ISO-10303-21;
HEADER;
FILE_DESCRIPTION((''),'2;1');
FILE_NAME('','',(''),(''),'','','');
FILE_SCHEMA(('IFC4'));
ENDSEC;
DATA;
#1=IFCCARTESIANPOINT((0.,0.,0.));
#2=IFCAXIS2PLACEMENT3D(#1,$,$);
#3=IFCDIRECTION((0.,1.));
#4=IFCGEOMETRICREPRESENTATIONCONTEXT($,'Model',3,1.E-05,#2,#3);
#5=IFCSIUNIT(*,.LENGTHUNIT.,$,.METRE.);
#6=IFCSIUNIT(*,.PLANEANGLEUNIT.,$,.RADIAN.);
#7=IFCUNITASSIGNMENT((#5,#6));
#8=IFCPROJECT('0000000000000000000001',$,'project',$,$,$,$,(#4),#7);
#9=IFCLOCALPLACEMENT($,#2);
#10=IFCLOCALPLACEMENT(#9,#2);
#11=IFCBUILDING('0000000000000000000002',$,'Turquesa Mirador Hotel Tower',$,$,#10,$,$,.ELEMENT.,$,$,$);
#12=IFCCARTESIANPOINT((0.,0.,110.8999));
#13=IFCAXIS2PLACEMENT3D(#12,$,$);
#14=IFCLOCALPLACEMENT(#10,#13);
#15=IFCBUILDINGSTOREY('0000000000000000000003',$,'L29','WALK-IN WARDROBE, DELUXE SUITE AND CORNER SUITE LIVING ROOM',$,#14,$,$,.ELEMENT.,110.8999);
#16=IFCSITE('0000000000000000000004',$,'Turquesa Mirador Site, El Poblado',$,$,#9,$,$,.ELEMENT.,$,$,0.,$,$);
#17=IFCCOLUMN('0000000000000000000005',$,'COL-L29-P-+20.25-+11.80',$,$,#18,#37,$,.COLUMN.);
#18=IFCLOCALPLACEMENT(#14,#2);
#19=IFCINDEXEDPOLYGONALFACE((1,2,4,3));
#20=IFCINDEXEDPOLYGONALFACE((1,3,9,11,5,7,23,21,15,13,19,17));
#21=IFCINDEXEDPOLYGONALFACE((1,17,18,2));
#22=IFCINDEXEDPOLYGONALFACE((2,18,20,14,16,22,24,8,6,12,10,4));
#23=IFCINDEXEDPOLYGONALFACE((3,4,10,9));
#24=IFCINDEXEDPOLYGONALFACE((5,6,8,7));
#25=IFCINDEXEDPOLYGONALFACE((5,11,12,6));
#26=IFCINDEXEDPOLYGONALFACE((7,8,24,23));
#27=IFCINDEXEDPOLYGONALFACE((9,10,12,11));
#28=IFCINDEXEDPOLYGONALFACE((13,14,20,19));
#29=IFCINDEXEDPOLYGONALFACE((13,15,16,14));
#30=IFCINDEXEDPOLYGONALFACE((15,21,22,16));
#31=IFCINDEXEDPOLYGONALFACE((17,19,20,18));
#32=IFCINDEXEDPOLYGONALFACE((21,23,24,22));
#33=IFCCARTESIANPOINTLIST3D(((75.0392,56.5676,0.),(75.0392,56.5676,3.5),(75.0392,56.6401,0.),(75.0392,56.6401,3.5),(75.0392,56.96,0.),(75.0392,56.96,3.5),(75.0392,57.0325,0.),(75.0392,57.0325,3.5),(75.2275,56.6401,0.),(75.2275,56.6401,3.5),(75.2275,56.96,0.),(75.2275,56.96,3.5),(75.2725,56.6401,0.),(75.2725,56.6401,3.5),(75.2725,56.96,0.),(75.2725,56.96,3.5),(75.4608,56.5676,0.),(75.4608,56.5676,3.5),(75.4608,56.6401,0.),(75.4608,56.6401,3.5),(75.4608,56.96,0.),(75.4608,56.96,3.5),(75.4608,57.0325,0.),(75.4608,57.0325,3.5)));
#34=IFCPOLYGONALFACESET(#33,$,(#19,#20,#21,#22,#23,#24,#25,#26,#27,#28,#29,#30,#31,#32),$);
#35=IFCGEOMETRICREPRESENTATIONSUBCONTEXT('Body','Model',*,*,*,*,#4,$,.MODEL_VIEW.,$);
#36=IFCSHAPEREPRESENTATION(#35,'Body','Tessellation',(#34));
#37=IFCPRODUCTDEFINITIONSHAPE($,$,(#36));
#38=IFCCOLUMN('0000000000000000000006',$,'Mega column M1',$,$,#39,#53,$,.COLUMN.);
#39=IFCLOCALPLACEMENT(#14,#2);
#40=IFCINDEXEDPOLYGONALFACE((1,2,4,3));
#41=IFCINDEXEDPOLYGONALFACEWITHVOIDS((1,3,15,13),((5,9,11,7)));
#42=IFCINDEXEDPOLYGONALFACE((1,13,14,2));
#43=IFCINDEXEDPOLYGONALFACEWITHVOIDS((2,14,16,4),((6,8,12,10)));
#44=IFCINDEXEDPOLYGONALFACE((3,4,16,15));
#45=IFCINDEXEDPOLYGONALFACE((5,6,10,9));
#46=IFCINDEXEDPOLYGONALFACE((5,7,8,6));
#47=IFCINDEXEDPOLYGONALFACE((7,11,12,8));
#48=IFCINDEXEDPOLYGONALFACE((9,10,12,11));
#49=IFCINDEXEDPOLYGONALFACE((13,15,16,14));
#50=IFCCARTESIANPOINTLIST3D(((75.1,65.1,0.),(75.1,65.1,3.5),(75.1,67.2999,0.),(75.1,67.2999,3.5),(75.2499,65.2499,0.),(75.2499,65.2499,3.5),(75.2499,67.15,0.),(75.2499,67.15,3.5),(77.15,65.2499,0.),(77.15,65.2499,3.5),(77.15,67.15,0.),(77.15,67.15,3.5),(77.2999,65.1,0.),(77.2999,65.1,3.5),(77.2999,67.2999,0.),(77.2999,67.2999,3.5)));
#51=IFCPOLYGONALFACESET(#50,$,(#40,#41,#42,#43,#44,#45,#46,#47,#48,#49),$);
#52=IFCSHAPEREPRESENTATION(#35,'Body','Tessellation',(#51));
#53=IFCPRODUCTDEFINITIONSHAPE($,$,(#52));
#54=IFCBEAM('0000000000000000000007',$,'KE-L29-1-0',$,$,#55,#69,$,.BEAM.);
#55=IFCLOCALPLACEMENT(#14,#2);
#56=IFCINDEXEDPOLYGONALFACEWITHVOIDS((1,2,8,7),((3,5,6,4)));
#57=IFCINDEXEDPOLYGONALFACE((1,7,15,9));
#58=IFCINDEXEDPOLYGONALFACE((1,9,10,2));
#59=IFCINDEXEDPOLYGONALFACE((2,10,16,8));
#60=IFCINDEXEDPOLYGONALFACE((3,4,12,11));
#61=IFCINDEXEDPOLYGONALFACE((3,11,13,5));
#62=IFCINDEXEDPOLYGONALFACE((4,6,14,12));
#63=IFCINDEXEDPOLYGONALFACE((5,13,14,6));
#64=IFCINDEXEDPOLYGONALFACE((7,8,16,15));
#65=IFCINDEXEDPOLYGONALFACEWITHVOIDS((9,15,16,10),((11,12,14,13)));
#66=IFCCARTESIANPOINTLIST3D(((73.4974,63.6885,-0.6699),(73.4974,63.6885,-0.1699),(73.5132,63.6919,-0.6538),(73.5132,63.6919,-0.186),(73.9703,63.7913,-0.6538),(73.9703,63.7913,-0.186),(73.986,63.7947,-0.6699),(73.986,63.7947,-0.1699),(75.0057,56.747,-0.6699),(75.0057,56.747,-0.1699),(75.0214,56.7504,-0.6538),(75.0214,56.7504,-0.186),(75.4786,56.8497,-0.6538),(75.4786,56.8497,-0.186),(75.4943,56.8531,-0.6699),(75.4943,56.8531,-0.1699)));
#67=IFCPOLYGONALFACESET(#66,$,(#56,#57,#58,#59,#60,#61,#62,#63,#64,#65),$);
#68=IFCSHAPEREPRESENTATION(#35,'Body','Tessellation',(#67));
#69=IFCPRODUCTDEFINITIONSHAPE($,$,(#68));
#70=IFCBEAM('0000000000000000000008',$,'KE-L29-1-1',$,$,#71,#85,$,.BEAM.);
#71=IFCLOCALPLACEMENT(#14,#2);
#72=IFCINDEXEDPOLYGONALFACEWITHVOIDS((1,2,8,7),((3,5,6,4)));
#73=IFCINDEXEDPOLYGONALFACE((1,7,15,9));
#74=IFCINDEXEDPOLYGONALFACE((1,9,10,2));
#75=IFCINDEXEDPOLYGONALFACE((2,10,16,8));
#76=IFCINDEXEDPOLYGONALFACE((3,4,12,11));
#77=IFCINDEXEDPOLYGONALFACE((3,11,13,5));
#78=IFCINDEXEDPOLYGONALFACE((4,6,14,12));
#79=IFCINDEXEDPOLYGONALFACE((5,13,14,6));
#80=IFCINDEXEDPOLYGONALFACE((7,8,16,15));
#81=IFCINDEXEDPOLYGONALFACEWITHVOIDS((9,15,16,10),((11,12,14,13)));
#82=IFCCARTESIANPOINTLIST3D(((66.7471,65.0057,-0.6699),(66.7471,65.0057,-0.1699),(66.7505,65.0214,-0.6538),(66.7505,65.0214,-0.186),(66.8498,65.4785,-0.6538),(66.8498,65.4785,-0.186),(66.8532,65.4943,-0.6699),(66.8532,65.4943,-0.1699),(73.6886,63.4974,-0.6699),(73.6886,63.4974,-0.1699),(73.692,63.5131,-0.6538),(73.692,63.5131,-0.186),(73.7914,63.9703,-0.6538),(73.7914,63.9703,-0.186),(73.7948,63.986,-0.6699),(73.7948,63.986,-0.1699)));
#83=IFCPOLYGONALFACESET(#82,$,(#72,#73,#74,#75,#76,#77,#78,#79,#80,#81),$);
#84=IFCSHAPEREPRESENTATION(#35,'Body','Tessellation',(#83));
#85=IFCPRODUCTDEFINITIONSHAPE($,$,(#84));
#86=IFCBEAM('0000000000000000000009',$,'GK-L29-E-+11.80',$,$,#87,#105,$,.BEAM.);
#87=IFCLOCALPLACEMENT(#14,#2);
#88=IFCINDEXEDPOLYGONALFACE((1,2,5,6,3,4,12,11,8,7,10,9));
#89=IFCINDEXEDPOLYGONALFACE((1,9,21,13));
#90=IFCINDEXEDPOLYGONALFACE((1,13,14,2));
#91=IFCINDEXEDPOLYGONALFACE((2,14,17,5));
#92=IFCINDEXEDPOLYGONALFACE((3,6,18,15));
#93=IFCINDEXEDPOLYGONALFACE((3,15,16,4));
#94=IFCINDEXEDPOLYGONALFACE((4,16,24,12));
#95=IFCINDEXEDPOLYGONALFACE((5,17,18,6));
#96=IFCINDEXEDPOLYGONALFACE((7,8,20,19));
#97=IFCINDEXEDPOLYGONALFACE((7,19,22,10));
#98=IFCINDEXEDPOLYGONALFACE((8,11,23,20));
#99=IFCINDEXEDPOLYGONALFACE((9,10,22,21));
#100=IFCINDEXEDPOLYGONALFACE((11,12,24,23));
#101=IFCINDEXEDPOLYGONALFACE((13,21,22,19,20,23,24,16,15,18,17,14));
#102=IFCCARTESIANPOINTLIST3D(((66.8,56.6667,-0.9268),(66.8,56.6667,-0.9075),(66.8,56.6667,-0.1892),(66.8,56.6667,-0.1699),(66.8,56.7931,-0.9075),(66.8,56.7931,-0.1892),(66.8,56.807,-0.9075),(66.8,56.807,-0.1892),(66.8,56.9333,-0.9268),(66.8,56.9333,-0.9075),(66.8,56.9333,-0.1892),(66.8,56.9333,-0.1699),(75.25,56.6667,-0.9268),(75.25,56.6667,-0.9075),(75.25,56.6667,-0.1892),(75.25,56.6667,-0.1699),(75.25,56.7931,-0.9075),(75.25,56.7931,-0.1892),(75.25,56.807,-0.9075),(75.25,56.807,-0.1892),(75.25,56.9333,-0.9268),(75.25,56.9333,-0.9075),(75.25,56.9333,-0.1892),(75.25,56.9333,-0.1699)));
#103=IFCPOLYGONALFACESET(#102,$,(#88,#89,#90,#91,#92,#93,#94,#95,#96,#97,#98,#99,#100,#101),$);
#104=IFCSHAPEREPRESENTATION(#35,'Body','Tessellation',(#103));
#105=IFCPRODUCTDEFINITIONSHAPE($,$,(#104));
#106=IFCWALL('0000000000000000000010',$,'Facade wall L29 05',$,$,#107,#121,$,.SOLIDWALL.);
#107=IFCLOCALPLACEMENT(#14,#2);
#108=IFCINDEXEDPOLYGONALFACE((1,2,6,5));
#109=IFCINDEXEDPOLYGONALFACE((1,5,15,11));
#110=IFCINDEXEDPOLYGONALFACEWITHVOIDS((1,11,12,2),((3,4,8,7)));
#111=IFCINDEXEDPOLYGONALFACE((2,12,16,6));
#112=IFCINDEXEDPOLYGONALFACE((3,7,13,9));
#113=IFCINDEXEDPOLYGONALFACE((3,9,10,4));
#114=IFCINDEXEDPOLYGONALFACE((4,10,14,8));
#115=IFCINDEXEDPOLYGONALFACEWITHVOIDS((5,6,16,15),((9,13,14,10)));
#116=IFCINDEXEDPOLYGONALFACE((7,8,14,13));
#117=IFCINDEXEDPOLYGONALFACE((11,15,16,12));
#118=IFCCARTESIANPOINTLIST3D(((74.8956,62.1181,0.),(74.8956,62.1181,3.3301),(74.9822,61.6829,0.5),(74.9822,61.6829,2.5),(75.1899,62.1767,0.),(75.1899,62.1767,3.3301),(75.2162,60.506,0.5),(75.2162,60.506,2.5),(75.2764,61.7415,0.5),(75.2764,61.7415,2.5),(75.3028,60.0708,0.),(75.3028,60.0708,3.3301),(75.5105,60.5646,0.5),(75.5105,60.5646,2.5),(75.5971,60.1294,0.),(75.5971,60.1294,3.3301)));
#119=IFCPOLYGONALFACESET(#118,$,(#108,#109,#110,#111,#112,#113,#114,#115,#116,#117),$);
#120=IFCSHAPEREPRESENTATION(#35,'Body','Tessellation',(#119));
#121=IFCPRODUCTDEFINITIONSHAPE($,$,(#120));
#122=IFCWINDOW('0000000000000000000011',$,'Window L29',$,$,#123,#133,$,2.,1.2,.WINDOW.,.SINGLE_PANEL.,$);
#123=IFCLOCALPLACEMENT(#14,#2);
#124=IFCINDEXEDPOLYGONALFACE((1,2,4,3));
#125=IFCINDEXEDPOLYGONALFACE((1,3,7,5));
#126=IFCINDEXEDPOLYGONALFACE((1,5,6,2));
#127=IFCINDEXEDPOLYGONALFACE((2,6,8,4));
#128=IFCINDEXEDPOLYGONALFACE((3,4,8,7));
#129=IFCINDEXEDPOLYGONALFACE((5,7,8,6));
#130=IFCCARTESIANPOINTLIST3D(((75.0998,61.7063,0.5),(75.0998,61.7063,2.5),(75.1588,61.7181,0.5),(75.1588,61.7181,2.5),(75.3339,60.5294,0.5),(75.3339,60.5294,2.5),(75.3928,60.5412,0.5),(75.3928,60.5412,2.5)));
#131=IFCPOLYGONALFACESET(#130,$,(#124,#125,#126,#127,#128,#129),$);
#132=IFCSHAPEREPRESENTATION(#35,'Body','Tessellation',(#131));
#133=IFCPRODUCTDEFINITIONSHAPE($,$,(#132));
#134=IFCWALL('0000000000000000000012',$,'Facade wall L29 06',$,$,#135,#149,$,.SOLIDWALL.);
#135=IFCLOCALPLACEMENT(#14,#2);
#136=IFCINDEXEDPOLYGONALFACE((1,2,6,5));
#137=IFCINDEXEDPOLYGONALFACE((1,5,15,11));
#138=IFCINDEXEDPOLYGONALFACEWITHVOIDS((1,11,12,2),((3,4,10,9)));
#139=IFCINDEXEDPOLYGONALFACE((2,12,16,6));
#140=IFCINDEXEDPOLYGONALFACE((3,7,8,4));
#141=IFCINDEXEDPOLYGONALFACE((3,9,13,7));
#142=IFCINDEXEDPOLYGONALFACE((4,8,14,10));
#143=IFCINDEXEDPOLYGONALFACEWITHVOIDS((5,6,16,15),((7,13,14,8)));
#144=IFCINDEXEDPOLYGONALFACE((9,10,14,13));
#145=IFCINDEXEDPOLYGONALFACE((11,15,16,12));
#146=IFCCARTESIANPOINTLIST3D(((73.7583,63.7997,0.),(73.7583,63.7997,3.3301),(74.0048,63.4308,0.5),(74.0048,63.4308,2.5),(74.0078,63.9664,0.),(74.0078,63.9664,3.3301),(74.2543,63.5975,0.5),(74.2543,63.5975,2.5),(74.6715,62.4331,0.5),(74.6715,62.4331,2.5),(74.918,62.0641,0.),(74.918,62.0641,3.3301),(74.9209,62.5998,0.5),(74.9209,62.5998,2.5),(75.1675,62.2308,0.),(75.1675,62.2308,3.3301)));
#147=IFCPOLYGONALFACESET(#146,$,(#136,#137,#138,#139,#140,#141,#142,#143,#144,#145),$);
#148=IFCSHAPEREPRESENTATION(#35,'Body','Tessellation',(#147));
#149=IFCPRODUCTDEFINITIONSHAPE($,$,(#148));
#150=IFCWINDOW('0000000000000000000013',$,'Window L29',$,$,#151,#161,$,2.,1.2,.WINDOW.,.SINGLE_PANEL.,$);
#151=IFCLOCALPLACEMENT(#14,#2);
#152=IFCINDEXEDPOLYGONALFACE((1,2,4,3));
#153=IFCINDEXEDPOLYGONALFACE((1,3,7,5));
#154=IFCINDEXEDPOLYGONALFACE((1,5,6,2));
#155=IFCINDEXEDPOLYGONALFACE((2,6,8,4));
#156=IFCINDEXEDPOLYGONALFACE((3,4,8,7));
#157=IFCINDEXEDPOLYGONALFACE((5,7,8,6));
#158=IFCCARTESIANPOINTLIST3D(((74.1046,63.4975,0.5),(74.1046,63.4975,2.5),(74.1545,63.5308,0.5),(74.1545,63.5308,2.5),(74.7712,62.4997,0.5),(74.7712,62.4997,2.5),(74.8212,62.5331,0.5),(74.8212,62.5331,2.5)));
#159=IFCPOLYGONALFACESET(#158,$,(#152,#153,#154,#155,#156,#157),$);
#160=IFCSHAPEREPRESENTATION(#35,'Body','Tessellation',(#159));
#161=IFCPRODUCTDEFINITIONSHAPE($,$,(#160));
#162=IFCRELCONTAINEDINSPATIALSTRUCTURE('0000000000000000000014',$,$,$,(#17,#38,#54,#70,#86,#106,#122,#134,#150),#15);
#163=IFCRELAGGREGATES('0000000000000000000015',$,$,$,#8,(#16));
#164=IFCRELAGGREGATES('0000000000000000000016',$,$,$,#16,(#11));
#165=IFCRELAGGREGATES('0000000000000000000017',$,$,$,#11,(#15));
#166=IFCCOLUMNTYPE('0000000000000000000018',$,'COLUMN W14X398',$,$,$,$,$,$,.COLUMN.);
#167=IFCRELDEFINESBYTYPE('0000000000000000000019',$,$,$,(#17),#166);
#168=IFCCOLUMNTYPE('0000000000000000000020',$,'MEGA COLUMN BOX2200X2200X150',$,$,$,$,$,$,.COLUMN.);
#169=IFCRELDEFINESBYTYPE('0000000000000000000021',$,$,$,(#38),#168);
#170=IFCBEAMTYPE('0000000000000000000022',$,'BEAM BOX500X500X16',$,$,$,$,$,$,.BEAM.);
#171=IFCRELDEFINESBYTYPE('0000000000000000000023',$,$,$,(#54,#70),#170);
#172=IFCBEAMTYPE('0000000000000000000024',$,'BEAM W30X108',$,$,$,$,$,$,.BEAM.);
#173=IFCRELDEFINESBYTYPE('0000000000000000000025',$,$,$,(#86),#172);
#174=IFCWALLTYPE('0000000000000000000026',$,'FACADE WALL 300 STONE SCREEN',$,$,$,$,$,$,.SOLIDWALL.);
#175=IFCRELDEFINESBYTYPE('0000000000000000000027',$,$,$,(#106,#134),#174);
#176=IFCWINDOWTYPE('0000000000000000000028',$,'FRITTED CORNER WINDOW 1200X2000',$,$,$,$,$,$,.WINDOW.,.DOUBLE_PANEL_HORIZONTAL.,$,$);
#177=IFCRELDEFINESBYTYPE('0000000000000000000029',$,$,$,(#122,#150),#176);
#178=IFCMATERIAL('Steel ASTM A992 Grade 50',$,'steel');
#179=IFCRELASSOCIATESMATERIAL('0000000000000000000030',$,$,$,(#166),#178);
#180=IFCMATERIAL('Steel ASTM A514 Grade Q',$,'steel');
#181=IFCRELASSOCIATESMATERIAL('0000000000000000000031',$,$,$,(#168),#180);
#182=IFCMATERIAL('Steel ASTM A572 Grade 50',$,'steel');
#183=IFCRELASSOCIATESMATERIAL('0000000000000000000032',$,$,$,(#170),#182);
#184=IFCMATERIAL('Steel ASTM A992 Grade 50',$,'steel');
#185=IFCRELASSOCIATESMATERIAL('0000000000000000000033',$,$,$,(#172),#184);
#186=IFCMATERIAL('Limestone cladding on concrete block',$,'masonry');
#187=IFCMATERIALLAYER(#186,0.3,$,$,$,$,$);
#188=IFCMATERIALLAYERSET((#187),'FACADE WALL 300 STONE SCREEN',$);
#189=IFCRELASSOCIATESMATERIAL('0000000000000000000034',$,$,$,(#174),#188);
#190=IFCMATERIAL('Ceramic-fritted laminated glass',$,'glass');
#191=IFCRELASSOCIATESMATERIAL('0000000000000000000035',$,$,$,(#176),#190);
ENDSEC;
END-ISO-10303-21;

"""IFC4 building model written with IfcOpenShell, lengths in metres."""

from ifc_helpers import new_model, si_unit, direction, frame, frame_2d, origin, origin_2d, place, context, subcontext, project, spatial, rectangle, hollow_rectangle, i_section, extrude, material, layer, layer_set, material_profile, profile_set, type_object, element, fill, save


model = new_model("IFC4")

# Units and contexts
model_context = context("Model", 3, precision=1e-05, world=origin(), true_north=direction((0.0, 1.0)))
body_context = subcontext(model_context, "Body", "Model", "MODEL_VIEW")
ifc_project = project(units=[si_unit("LENGTHUNIT", "METRE"), si_unit("PLANEANGLEUNIT", "RADIAN")], contexts=[model_context])

# Site, building, storey
site_placement = place(None, origin())
site = spatial("IfcSite", under=ifc_project, at=site_placement, Name="Turquesa Mirador Site, El Poblado", CompositionType="ELEMENT", RefElevation=0.0)
building_placement = place(site_placement, origin())
building = spatial("IfcBuilding", under=site, at=building_placement, Name="Turquesa Mirador Hotel Tower", CompositionType="ELEMENT")
storey_placement = place(building_placement, frame((0.0, 0.0, 110.8999)))
storey = spatial("IfcBuildingStorey", under=building, at=storey_placement, Name="L29", Description="WALK-IN WARDROBE, DELUXE SUITE AND CORNER SUITE LIVING ROOM", CompositionType="ELEMENT", Elevation=110.8999)

# Columns
ifc_material_1 = material(Name="Steel ASTM A992 Grade 50", Category="steel")
ifc_material_profile_1 = material_profile(ifc_material_1, i_section(OverallWidth=0.4216, OverallDepth=0.4648, WebThickness=0.0449, FlangeThickness=0.0725, at=origin_2d()), Name="W14X398")
ifc_profile_set_1 = profile_set([ifc_material_profile_1], Name="Steel ASTM A992 Grade 50")
column_type_1 = type_object("IfcColumnType", Name="COLUMN W14X398", PredefinedType="COLUMN", material=ifc_profile_set_1)
column_1_placement = place(storey_placement, frame((75.25, 56.8, 0.0), z_axis=(0.0, 0.0, 1.0), x_axis=(1.0, 0.0, 0.0)))
element("IfcColumn", 1, at=column_1_placement, inside=storey, type_object=column_type_1, Name="COL-L29-P-+20.25-+11.80", PredefinedType="COLUMN", context=body_context, shape_type="SweptSolid", body=[
    extrude(i_section(OverallWidth=0.4216, OverallDepth=0.4648, WebThickness=0.0449, FlangeThickness=0.0725, at=origin_2d()), origin(), (0.0, 0.0, 1.0), 3.5),
])
ifc_material_2 = material(Name="Steel ASTM A514 Grade Q", Category="steel")
ifc_material_profile_2 = material_profile(ifc_material_2, hollow_rectangle(XDim=2.2, YDim=2.2, WallThickness=0.1499, at=origin_2d()), Name="BOX2200X2200X150")
ifc_profile_set_2 = profile_set([ifc_material_profile_2], Name="Steel ASTM A514 Grade Q")
column_type_2 = type_object("IfcColumnType", Name="MEGA COLUMN BOX2200X2200X150", PredefinedType="COLUMN", material=ifc_profile_set_2)
column_2_placement = place(storey_placement, frame((76.2, 66.2, 0.0), z_axis=(0.0, 0.0, 1.0), x_axis=(1.0, 0.0, 0.0)))
element("IfcColumn", 2, at=column_2_placement, inside=storey, type_object=column_type_2, Name="Mega column M1", PredefinedType="COLUMN", context=body_context, shape_type="SweptSolid", body=[
    extrude(hollow_rectangle(XDim=2.2, YDim=2.2, WallThickness=0.1499, at=origin_2d()), origin(), (0.0, 0.0, 1.0), 3.5),
])

# Beams
ifc_material_3 = material(Name="Steel ASTM A572 Grade 50", Category="steel")
ifc_material_profile_3 = material_profile(ifc_material_3, hollow_rectangle(XDim=0.5, YDim=0.5, WallThickness=0.0161, at=origin_2d()), Name="BOX500X500X16")
ifc_profile_set_3 = profile_set([ifc_material_profile_3], Name="Steel ASTM A572 Grade 50")
beam_type_1 = type_object("IfcBeamType", Name="BEAM BOX500X500X16", PredefinedType="BEAM", material=ifc_profile_set_3)
for number, where, z_axis, x_axis, name in (
    (3, (75.25, 56.8, -0.4199), (-0.212328, 0.977198, 0.0), (-0.977198, -0.212328, 0.0), "KE-L29-1-0"),
    (4, (73.7417, 63.7417, -0.4199), (-0.977198, 0.212328, 0.0), (-0.212328, -0.977198, 0.0), "KE-L29-1-1"),
):
    element("IfcBeam", number, at=place(storey_placement, frame(where, z_axis=z_axis, x_axis=x_axis)), inside=storey, type_object=beam_type_1, Name=name, PredefinedType="BEAM", context=body_context, shape_type="SweptSolid", body=[
        extrude(hollow_rectangle(XDim=0.5, YDim=0.5, WallThickness=0.0161, at=origin_2d()), origin(), (0.0, 0.0, 1.0), 7.1035),
    ])
ifc_material_4 = material(Name="Steel ASTM A992 Grade 50", Category="steel")
ifc_material_profile_4 = material_profile(ifc_material_4, i_section(OverallWidth=0.2666, OverallDepth=0.7568, WebThickness=0.0139, FlangeThickness=0.0193, at=origin_2d()), Name="W30X108")
ifc_profile_set_4 = profile_set([ifc_material_profile_4], Name="Steel ASTM A992 Grade 50")
beam_type_2 = type_object("IfcBeamType", Name="BEAM W30X108", PredefinedType="BEAM", material=ifc_profile_set_4)
beam_placement = place(storey_placement, frame((75.25, 56.8, -0.5483), z_axis=(-1.0, 0.0, 0.0), x_axis=(0.0, -1.0, 0.0)))
element("IfcBeam", 5, at=beam_placement, inside=storey, type_object=beam_type_2, Name="GK-L29-E-+11.80", PredefinedType="BEAM", context=body_context, shape_type="SweptSolid", body=[
    extrude(i_section(OverallWidth=0.2666, OverallDepth=0.7568, WebThickness=0.0139, FlangeThickness=0.0193, at=origin_2d()), origin(), (0.0, 0.0, 1.0), 8.45),
])

# Walls, openings, windows
ifc_material_5 = material(Name="Limestone cladding on concrete block", Category="masonry")
ifc_layer = layer(ifc_material_5, 0.3)
ifc_layer_set = layer_set([ifc_layer], Name="FACADE WALL 300 STONE SCREEN")
wall_type = type_object("IfcWallType", Name="FACADE WALL 300 STONE SCREEN", PredefinedType="SOLIDWALL", material=ifc_layer_set)
wall_1_placement = place(storey_placement, frame((75.45, 60.1001, 0.0), z_axis=(0.0, 0.0, 1.0), x_axis=(-0.195081, 0.980787, 0.0)))
wall_1 = element("IfcWall", 6, at=wall_1_placement, inside=storey, type_object=wall_type, Name="Facade wall L29 05", PredefinedType="SOLIDWALL", context=body_context, shape_type="SweptSolid", body=[
    extrude(rectangle(XDim=2.0874, YDim=0.3, at=frame_2d((1.0437, 0.0))), origin(), (0.0, 0.0, 1.0), 3.3301),
])
opening_1_placement = place(wall_1_placement, frame((0.4436, 0.0, 0.5)))
opening_1 = element("IfcOpeningElement", 7, at=opening_1_placement, cuts=wall_1, PredefinedType="OPENING", context=body_context, shape_type="SweptSolid", body=[
    extrude(rectangle(XDim=1.2, YDim=2.0, at=frame_2d((0.6001, 1.0))), frame((0.0, 0.1599, 0.0), z_axis=(0.0, -1.0, 0.0), x_axis=(1.0, 0.0, 0.0)), (0.0, 0.0, 1.0), 0.3201),
])
ifc_material_6 = material(Name="Ceramic-fritted laminated glass", Category="glass")
window_type = type_object("IfcWindowType", Name="FRITTED CORNER WINDOW 1200X2000", PartitioningType="DOUBLE_PANEL_HORIZONTAL", PredefinedType="WINDOW", material=ifc_material_6)
window_1_placement = place(opening_1_placement, origin())
window_1 = element("IfcWindow", 8, at=window_1_placement, inside=storey, type_object=window_type, Name="Window L29", OverallHeight=2.0, OverallWidth=1.2, PartitioningType="SINGLE_PANEL", PredefinedType="WINDOW", context=body_context, shape_type="SweptSolid", body=[
    extrude(rectangle(XDim=1.2, YDim=2.0, at=frame_2d((0.6001, 1.0))), frame((0.0, 0.03, 0.0), z_axis=(0.0, -1.0, 0.0), x_axis=(1.0, 0.0, 0.0)), (0.0, 0.0, 1.0), 0.0601),
])
fill(opening_1, window_1)
wall_2_placement = place(storey_placement, frame((75.0427, 62.1475, 0.0), z_axis=(0.0, 0.0, 1.0), x_axis=(-0.555564, 0.831474, 0.0)))
wall_2 = element("IfcWall", 9, at=wall_2_placement, inside=storey, type_object=wall_type, Name="Facade wall L29 06", PredefinedType="SOLIDWALL", context=body_context, shape_type="SweptSolid", body=[
    extrude(rectangle(XDim=2.0874, YDim=0.3, at=frame_2d((1.0437, 0.0))), origin(), (0.0, 0.0, 1.0), 3.3301),
])
opening_2_placement = place(wall_2_placement, frame((0.4436, 0.0, 0.5)))
opening_2 = element("IfcOpeningElement", 10, at=opening_2_placement, cuts=wall_2, PredefinedType="OPENING", context=body_context, shape_type="SweptSolid", body=[
    extrude(rectangle(XDim=1.2, YDim=2.0, at=frame_2d((0.6001, 1.0))), frame((0.0, 0.1599, 0.0), z_axis=(0.0, -1.0, 0.0), x_axis=(1.0, 0.0, 0.0)), (0.0, 0.0, 1.0), 0.3201),
])
window_2_placement = place(opening_2_placement, origin())
window_2 = element("IfcWindow", 11, at=window_2_placement, inside=storey, type_object=window_type, Name="Window L29", OverallHeight=2.0, OverallWidth=1.2, PartitioningType="SINGLE_PANEL", PredefinedType="WINDOW", context=body_context, shape_type="SweptSolid", body=[
    extrude(rectangle(XDim=1.2, YDim=2.0, at=frame_2d((0.6001, 1.0))), frame((0.0, 0.03, 0.0), z_axis=(0.0, -1.0, 0.0), x_axis=(1.0, 0.0, 0.0)), (0.0, 0.0, 1.0), 0.0601),
])
fill(opening_2, window_2)

save(model, "model.ifc")
